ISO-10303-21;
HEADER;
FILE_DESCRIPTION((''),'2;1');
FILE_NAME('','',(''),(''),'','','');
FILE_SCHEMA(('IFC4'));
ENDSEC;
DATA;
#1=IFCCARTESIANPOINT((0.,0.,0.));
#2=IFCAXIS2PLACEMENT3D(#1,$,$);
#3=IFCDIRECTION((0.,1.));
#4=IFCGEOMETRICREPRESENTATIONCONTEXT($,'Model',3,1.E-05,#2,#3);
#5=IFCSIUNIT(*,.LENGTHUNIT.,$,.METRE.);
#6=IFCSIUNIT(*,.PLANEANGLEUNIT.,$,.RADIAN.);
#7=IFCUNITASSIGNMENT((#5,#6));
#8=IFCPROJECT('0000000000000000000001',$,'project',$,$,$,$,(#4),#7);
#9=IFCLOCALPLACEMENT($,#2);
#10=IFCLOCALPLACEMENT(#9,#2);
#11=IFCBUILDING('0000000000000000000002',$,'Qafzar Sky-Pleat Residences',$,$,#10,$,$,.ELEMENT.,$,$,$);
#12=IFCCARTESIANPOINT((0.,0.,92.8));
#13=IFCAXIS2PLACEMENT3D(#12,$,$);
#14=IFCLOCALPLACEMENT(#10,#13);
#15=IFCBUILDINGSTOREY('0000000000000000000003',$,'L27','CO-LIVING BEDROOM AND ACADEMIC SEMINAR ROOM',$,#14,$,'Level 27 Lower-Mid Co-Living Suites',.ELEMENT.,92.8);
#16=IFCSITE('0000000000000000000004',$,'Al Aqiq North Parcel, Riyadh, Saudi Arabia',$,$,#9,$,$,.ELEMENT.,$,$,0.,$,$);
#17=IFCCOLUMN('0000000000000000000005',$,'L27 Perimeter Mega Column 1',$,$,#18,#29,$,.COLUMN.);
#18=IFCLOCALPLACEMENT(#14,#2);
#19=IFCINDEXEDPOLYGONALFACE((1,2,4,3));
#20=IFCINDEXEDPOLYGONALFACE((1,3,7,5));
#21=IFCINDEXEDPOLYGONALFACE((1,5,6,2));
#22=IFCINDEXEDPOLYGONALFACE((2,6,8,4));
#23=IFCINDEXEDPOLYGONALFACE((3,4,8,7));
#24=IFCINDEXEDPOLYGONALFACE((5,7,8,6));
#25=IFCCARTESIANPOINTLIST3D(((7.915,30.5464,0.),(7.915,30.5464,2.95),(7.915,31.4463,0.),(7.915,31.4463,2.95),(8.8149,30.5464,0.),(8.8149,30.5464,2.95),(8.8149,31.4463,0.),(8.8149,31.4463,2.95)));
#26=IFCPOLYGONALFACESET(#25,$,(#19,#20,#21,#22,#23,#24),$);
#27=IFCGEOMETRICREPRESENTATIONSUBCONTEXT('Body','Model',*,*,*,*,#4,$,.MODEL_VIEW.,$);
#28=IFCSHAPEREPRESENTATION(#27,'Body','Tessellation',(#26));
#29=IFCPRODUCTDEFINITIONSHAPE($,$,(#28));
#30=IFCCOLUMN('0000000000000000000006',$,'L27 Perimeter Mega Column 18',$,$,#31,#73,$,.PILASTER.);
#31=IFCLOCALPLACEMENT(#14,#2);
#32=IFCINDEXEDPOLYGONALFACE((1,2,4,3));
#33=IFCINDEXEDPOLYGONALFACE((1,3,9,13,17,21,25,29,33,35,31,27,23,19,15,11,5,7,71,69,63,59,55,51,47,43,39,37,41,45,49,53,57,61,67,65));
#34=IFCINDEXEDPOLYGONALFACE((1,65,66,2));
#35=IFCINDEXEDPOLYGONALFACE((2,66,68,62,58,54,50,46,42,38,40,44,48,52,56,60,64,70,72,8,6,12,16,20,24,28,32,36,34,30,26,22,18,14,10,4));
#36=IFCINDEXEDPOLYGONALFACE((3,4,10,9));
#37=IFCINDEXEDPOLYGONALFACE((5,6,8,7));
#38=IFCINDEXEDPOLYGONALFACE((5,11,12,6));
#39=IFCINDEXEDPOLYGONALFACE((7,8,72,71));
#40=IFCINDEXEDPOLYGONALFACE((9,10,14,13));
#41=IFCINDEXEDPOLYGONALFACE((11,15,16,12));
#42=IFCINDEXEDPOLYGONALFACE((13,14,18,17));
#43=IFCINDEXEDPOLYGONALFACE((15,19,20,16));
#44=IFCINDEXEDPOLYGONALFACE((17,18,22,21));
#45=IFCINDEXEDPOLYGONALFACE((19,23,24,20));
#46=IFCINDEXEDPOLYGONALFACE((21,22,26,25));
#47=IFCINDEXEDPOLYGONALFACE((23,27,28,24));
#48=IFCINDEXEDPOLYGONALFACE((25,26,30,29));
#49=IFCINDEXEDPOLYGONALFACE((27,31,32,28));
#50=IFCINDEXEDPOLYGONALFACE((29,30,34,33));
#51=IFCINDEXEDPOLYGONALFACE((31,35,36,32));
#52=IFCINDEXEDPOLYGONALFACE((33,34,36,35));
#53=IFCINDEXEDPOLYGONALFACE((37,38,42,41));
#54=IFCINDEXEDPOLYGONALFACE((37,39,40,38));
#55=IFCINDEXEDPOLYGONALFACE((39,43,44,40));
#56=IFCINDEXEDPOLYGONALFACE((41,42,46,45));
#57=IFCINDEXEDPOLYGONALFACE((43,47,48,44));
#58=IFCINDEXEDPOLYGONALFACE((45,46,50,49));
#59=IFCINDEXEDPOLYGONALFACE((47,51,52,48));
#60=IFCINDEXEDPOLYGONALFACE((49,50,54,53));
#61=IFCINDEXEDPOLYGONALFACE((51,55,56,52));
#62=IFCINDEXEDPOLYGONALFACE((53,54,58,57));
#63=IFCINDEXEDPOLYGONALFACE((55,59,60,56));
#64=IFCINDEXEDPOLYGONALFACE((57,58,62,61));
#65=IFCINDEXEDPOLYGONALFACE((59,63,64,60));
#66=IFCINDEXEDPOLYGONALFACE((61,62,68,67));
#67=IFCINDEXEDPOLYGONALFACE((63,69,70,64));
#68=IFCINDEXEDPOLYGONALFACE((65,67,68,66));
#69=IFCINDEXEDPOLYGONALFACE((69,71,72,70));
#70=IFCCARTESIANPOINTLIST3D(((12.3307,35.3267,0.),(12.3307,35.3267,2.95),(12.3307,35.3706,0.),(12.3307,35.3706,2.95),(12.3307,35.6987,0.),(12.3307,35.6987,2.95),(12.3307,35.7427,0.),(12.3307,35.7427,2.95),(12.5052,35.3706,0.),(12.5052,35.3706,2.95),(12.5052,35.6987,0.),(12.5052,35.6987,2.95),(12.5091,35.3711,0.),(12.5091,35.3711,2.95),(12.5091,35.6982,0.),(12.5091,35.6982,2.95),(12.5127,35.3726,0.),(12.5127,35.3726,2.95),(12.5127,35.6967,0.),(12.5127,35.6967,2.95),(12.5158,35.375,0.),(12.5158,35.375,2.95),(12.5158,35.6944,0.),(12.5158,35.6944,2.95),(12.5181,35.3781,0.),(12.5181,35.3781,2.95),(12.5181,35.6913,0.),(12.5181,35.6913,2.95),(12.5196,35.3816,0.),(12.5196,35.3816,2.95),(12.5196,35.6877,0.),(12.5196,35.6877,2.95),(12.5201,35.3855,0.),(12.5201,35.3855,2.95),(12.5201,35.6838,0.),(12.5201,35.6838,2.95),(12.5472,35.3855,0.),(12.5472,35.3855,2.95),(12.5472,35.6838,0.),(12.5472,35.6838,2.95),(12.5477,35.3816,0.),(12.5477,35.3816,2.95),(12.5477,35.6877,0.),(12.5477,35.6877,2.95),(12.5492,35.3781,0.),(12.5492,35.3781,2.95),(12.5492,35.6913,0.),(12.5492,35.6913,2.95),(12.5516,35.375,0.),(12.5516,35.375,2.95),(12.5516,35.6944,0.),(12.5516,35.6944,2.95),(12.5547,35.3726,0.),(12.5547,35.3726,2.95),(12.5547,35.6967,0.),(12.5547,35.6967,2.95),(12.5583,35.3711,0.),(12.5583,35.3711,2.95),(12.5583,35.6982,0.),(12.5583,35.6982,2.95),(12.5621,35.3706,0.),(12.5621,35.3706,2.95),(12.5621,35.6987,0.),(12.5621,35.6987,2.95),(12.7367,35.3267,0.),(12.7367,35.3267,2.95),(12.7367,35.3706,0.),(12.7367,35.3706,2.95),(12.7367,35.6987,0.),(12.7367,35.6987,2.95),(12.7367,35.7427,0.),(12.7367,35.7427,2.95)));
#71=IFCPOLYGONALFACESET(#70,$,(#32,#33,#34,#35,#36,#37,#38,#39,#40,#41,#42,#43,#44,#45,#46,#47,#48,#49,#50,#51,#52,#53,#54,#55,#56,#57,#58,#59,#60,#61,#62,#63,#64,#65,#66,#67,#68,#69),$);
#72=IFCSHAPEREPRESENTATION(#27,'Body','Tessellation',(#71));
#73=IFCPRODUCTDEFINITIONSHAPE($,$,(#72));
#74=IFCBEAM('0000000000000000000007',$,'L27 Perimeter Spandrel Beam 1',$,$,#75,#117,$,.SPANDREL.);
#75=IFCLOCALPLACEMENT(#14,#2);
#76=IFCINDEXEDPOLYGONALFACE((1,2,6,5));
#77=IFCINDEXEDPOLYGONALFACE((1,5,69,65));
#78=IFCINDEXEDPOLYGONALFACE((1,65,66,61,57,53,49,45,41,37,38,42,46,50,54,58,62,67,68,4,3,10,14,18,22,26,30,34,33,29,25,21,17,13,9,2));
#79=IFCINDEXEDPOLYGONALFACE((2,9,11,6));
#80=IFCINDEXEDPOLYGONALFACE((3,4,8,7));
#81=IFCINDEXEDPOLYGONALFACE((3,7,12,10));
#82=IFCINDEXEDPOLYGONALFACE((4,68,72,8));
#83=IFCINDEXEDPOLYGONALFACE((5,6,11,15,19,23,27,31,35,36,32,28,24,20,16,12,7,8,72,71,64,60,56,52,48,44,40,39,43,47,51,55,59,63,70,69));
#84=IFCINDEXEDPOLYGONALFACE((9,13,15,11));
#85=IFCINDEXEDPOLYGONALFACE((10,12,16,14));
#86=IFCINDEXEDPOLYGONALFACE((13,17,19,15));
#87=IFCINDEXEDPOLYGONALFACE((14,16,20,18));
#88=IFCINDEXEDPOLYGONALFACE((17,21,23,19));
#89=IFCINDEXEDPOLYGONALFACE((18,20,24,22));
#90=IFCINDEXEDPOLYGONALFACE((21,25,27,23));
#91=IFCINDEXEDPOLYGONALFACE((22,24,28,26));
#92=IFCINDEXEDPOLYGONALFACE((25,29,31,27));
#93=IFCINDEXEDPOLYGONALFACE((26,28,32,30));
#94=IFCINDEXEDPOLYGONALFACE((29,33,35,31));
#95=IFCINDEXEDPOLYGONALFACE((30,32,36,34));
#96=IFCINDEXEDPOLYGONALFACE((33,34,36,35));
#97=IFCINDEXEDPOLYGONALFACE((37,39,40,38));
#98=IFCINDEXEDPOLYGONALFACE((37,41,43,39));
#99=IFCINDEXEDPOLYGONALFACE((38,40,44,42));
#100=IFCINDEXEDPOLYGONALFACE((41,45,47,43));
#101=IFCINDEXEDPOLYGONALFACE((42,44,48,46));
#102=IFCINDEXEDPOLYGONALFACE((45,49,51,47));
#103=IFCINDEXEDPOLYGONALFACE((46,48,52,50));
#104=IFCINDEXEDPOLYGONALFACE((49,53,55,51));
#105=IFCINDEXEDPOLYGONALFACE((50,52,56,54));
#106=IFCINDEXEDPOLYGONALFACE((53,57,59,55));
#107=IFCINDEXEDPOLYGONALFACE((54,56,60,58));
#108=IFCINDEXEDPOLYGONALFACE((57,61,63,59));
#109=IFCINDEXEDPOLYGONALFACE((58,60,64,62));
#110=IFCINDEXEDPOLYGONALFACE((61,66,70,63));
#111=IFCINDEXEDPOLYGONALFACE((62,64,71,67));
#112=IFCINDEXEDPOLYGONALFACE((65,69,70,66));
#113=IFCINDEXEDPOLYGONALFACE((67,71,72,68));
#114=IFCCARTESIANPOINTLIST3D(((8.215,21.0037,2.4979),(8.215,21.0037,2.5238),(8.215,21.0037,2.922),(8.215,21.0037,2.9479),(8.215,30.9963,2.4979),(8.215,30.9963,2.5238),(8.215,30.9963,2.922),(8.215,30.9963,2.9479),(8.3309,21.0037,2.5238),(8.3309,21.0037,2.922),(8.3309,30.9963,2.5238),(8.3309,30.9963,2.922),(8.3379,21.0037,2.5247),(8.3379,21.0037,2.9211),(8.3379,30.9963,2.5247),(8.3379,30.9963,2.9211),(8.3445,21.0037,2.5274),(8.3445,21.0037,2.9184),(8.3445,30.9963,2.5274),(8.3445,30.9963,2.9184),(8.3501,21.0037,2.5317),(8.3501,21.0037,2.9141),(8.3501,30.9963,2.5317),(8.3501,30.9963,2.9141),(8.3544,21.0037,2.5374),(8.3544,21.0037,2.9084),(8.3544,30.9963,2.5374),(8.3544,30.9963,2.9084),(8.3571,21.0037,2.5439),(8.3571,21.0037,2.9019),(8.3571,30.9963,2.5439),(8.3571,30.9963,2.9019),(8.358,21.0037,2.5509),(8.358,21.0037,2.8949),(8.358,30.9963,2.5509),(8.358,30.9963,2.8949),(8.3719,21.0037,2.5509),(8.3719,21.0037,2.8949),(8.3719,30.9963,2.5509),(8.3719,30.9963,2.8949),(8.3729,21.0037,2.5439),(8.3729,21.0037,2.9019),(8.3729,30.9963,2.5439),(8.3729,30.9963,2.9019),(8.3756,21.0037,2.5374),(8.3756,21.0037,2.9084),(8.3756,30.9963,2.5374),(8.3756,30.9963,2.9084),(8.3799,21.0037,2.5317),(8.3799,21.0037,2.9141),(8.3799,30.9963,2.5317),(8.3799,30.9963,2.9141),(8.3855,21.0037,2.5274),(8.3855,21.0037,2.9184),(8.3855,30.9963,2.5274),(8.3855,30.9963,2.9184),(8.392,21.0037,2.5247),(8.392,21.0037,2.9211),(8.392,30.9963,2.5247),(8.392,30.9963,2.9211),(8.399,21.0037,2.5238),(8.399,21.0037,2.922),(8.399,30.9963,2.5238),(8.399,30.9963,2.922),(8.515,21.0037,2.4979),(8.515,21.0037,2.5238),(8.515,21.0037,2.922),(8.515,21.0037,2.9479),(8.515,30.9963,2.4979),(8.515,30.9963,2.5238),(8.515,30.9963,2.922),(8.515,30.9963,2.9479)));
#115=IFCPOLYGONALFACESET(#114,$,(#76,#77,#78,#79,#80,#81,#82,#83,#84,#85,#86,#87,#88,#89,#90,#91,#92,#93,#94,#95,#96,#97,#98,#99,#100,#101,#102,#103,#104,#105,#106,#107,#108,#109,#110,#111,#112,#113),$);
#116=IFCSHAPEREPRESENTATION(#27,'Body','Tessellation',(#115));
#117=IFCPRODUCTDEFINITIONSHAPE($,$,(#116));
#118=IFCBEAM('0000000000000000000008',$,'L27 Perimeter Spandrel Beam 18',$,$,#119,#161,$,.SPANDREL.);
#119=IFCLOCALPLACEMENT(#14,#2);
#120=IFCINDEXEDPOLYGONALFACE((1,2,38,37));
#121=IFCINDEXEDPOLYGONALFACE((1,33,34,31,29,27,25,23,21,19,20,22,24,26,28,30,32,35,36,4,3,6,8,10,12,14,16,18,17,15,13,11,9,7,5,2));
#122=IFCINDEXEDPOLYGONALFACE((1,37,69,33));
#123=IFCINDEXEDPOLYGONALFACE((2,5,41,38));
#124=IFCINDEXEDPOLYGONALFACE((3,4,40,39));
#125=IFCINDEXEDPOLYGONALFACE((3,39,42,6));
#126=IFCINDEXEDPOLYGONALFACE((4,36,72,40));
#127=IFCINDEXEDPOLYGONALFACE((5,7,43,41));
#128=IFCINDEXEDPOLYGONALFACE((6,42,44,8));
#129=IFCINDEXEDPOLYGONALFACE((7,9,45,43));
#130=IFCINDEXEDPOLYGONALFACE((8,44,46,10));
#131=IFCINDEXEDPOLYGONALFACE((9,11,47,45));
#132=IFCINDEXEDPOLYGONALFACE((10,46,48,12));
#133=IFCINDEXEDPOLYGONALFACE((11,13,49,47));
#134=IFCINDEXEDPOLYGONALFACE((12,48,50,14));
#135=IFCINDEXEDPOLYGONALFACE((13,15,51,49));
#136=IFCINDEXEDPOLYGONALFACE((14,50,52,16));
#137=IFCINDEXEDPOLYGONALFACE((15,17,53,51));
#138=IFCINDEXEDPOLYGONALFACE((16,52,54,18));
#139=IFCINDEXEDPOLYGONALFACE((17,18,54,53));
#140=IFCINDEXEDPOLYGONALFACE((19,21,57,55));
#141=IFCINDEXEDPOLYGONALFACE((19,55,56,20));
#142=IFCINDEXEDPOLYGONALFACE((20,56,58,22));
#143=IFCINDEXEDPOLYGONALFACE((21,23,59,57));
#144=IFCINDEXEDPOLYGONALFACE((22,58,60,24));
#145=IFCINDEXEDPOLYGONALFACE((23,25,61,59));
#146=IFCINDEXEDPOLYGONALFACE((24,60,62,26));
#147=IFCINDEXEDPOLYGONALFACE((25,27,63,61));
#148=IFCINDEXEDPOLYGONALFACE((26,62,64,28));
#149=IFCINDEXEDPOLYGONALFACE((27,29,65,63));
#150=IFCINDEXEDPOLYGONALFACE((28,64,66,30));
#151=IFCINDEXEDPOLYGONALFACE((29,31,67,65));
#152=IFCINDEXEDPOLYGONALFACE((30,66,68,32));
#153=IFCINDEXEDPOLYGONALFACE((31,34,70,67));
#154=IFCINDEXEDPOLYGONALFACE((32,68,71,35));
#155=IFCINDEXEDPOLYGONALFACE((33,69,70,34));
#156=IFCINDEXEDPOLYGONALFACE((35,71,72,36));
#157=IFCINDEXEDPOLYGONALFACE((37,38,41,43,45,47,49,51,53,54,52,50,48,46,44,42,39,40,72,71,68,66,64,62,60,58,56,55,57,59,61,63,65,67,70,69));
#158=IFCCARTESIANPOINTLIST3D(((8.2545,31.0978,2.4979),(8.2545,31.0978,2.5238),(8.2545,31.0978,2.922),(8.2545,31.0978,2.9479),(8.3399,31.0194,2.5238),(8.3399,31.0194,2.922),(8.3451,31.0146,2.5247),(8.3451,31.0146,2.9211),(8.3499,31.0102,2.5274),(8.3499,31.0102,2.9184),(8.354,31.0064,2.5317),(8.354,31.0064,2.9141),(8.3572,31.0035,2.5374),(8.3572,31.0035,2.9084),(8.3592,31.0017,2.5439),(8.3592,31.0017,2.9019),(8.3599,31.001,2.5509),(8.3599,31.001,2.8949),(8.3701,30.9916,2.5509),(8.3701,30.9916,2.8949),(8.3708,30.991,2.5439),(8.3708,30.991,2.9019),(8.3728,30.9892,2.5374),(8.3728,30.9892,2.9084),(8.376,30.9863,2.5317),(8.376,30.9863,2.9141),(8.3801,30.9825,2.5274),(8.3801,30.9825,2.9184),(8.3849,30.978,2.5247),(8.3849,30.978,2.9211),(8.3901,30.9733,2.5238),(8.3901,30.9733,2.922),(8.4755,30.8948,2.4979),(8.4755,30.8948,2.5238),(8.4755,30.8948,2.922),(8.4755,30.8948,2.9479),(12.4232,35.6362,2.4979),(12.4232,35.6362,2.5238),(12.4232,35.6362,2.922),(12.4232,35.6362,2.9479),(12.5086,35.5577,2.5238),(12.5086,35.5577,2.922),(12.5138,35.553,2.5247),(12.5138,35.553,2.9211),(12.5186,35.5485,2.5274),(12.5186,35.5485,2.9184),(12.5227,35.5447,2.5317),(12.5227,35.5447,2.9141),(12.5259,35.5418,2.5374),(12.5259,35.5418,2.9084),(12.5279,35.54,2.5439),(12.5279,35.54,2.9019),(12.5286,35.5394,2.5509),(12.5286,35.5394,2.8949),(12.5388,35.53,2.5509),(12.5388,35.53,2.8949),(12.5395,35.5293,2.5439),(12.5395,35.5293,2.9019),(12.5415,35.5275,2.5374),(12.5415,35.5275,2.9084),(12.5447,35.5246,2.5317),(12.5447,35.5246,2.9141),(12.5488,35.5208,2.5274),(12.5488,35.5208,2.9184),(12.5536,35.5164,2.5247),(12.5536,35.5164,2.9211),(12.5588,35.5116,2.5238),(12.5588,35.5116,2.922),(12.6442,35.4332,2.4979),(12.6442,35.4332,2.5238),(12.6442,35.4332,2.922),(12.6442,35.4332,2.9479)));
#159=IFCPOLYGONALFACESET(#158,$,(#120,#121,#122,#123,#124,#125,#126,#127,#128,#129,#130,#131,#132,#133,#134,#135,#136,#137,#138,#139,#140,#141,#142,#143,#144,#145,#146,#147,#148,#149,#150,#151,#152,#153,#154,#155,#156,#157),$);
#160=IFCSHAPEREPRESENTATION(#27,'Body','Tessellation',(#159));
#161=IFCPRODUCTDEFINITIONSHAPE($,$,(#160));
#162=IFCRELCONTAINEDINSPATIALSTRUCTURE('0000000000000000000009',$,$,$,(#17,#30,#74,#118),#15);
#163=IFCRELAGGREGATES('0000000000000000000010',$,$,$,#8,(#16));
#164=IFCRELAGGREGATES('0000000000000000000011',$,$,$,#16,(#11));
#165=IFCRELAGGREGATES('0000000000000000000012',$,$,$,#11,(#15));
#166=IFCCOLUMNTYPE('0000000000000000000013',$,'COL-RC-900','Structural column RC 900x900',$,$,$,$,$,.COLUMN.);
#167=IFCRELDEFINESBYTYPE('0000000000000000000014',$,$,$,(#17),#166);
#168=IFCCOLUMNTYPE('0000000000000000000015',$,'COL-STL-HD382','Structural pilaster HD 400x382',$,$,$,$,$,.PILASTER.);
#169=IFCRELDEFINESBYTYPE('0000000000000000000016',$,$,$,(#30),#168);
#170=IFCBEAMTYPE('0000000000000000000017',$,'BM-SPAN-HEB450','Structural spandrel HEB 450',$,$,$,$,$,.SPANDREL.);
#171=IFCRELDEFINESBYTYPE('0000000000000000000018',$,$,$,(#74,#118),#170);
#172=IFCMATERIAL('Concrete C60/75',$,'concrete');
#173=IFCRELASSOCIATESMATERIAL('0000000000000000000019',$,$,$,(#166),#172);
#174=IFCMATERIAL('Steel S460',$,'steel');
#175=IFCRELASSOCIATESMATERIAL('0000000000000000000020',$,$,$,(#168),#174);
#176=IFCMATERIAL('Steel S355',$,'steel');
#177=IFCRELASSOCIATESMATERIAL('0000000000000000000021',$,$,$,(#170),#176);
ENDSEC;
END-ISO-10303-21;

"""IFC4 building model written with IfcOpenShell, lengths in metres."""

from ifc_helpers import new_model, si_unit, direction, frame, origin, origin_2d, place, context, subcontext, project, spatial, rectangle, i_section, extrude, source, transform, mapped, material, material_profile, profile_set, type_object, element, save


model = new_model("IFC4")

# Units and contexts
model_context = context("Model", 3, precision=1e-05, world=origin(), true_north=direction((0.0, 1.0)))
body_context = subcontext(model_context, "Body", "Model", "MODEL_VIEW")
ifc_project = project(units=[si_unit("LENGTHUNIT", "METRE"), si_unit("PLANEANGLEUNIT", "RADIAN")], contexts=[model_context])

# Site, building, storey
site_placement = place(None, origin())
site = spatial("IfcSite", under=ifc_project, at=site_placement, Name="Al Aqiq North Parcel, Riyadh, Saudi Arabia", CompositionType="ELEMENT", RefElevation=0.0)
building_placement = place(site_placement, origin())
building = spatial("IfcBuilding", under=site, at=building_placement, Name="Qafzar Sky-Pleat Residences", CompositionType="ELEMENT")
storey_placement = place(building_placement, frame((0.0, 0.0, 92.8)))
storey = spatial("IfcBuildingStorey", under=building, at=storey_placement, Name="L27", Description="CO-LIVING BEDROOM AND ACADEMIC SEMINAR ROOM", LongName="Level 27 Lower-Mid Co-Living Suites", CompositionType="ELEMENT", Elevation=92.8)

# Columns
ifc_material_1 = material(Name="Concrete C60/75", Category="concrete")
ifc_material_profile_1 = material_profile(ifc_material_1, rectangle(XDim=0.8999, YDim=0.8999, at=origin_2d()), Name="RC 900x900")
ifc_profile_set_1 = profile_set([ifc_material_profile_1], Name="Concrete C60/75")
column_type_1 = type_object("IfcColumnType", Name="COL-RC-900", Description="Structural column RC 900x900", PredefinedType="COLUMN", material=ifc_profile_set_1)
shared_shape_1 = source(origin(), body_context, "Body", "SweptSolid", [
    extrude(rectangle(XDim=0.8999, YDim=0.8999, at=origin_2d()), origin(), (0.0, 0.0, 1.0), 2.95),
])
column_1_placement = place(storey_placement, frame((8.365, 30.9963, 0.0), z_axis=(0.0, 0.0, 1.0), x_axis=(1.0, 0.0, 0.0)))
element("IfcColumn", 1, at=column_1_placement, inside=storey, type_object=column_type_1, Name="L27 Perimeter Mega Column 1", PredefinedType="COLUMN", context=body_context, shape_type="MappedRepresentation", body=[
    mapped(shared_shape_1, transform((0.0, 0.0, 0.0), x_axis=(1.0, 0.0, 0.0), y_axis=(0.0, 1.0, 0.0), z_axis=(0.0, 0.0, 1.0), scale=1.0)),
])
ifc_material_2 = material(Name="Steel S460", Category="steel")
ifc_material_profile_2 = material_profile(ifc_material_2, i_section(OverallWidth=0.406, OverallDepth=0.416, WebThickness=0.0271, FlangeThickness=0.0439, FilletRadius=0.0149, at=origin_2d()), Name="HD 400x382")
ifc_profile_set_2 = profile_set([ifc_material_profile_2], Name="Steel S460")
column_type_2 = type_object("IfcColumnType", Name="COL-STL-HD382", Description="Structural pilaster HD 400x382", PredefinedType="PILASTER", material=ifc_profile_set_2)
shared_shape_2 = source(origin(), body_context, "Body", "SweptSolid", [
    extrude(i_section(OverallWidth=0.406, OverallDepth=0.416, WebThickness=0.0271, FlangeThickness=0.0439, FilletRadius=0.0149, at=origin_2d()), origin(), (0.0, 0.0, 1.0), 2.95),
])
column_2_placement = place(storey_placement, frame((12.5337, 35.5347, 0.0), z_axis=(0.0, 0.0, 1.0), x_axis=(1.0, 0.0, 0.0)))
element("IfcColumn", 2, at=column_2_placement, inside=storey, type_object=column_type_2, Name="L27 Perimeter Mega Column 18", PredefinedType="PILASTER", context=body_context, shape_type="MappedRepresentation", body=[
    mapped(shared_shape_2, transform((0.0, 0.0, 0.0), x_axis=(1.0, 0.0, 0.0), y_axis=(0.0, 1.0, 0.0), z_axis=(0.0, 0.0, 1.0), scale=1.0)),
])

# Beams
ifc_material_3 = material(Name="Steel S355", Category="steel")
ifc_material_profile_3 = material_profile(ifc_material_3, i_section(OverallWidth=0.3, OverallDepth=0.45, WebThickness=0.0139, FlangeThickness=0.0259, FilletRadius=0.0271, at=origin_2d()), Name="HEB 450")
ifc_profile_set_3 = profile_set([ifc_material_profile_3], Name="Steel S355")
beam_type_1 = type_object("IfcBeamType", Name="BM-SPAN-HEB450", Description="Structural spandrel HEB 450", PredefinedType="SPANDREL", material=ifc_profile_set_3)
shared_shape_3 = source(origin(), body_context, "Body", "SweptSolid", [
    extrude(i_section(OverallWidth=0.3, OverallDepth=0.45, WebThickness=0.0139, FlangeThickness=0.0259, FilletRadius=0.0271, at=origin_2d()), origin(), (0.0, 0.0, 1.0), 9.9927),
])
beam_1_placement = place(storey_placement, frame((8.365, 30.9963, 2.7229), z_axis=(0.0, -1.0, 0.0), x_axis=(1.0, 0.0, 0.0)))
element("IfcBeam", 3, at=beam_1_placement, inside=storey, type_object=beam_type_1, Name="L27 Perimeter Spandrel Beam 1", PredefinedType="SPANDREL", context=body_context, shape_type="MappedRepresentation", body=[
    mapped(shared_shape_3, transform((0.0, 0.0, 0.0), x_axis=(1.0, 0.0, 0.0), y_axis=(0.0, 1.0, 0.0), z_axis=(0.0, 0.0, 1.0), scale=1.0)),
])
shared_shape_4 = source(origin(), body_context, "Body", "SweptSolid", [
    extrude(i_section(OverallWidth=0.3, OverallDepth=0.45, WebThickness=0.0139, FlangeThickness=0.0259, FilletRadius=0.0271, at=origin_2d()), origin(), (0.0, 0.0, 1.0), 6.1624),
])
beam_2_placement = place(storey_placement, frame((12.5337, 35.5347, 2.7229), z_axis=(-0.67648, -0.736461, 0.0), x_axis=(0.736461, -0.67648, 0.0)))
element("IfcBeam", 4, at=beam_2_placement, inside=storey, type_object=beam_type_1, Name="L27 Perimeter Spandrel Beam 18", PredefinedType="SPANDREL", context=body_context, shape_type="MappedRepresentation", body=[
    mapped(shared_shape_4, transform((0.0, 0.0, 0.0), x_axis=(1.0, 0.0, 0.0), y_axis=(0.0, 1.0, 0.0), z_axis=(0.0, 0.0, 1.0), scale=1.0)),
])

save(model, "model.ifc")
